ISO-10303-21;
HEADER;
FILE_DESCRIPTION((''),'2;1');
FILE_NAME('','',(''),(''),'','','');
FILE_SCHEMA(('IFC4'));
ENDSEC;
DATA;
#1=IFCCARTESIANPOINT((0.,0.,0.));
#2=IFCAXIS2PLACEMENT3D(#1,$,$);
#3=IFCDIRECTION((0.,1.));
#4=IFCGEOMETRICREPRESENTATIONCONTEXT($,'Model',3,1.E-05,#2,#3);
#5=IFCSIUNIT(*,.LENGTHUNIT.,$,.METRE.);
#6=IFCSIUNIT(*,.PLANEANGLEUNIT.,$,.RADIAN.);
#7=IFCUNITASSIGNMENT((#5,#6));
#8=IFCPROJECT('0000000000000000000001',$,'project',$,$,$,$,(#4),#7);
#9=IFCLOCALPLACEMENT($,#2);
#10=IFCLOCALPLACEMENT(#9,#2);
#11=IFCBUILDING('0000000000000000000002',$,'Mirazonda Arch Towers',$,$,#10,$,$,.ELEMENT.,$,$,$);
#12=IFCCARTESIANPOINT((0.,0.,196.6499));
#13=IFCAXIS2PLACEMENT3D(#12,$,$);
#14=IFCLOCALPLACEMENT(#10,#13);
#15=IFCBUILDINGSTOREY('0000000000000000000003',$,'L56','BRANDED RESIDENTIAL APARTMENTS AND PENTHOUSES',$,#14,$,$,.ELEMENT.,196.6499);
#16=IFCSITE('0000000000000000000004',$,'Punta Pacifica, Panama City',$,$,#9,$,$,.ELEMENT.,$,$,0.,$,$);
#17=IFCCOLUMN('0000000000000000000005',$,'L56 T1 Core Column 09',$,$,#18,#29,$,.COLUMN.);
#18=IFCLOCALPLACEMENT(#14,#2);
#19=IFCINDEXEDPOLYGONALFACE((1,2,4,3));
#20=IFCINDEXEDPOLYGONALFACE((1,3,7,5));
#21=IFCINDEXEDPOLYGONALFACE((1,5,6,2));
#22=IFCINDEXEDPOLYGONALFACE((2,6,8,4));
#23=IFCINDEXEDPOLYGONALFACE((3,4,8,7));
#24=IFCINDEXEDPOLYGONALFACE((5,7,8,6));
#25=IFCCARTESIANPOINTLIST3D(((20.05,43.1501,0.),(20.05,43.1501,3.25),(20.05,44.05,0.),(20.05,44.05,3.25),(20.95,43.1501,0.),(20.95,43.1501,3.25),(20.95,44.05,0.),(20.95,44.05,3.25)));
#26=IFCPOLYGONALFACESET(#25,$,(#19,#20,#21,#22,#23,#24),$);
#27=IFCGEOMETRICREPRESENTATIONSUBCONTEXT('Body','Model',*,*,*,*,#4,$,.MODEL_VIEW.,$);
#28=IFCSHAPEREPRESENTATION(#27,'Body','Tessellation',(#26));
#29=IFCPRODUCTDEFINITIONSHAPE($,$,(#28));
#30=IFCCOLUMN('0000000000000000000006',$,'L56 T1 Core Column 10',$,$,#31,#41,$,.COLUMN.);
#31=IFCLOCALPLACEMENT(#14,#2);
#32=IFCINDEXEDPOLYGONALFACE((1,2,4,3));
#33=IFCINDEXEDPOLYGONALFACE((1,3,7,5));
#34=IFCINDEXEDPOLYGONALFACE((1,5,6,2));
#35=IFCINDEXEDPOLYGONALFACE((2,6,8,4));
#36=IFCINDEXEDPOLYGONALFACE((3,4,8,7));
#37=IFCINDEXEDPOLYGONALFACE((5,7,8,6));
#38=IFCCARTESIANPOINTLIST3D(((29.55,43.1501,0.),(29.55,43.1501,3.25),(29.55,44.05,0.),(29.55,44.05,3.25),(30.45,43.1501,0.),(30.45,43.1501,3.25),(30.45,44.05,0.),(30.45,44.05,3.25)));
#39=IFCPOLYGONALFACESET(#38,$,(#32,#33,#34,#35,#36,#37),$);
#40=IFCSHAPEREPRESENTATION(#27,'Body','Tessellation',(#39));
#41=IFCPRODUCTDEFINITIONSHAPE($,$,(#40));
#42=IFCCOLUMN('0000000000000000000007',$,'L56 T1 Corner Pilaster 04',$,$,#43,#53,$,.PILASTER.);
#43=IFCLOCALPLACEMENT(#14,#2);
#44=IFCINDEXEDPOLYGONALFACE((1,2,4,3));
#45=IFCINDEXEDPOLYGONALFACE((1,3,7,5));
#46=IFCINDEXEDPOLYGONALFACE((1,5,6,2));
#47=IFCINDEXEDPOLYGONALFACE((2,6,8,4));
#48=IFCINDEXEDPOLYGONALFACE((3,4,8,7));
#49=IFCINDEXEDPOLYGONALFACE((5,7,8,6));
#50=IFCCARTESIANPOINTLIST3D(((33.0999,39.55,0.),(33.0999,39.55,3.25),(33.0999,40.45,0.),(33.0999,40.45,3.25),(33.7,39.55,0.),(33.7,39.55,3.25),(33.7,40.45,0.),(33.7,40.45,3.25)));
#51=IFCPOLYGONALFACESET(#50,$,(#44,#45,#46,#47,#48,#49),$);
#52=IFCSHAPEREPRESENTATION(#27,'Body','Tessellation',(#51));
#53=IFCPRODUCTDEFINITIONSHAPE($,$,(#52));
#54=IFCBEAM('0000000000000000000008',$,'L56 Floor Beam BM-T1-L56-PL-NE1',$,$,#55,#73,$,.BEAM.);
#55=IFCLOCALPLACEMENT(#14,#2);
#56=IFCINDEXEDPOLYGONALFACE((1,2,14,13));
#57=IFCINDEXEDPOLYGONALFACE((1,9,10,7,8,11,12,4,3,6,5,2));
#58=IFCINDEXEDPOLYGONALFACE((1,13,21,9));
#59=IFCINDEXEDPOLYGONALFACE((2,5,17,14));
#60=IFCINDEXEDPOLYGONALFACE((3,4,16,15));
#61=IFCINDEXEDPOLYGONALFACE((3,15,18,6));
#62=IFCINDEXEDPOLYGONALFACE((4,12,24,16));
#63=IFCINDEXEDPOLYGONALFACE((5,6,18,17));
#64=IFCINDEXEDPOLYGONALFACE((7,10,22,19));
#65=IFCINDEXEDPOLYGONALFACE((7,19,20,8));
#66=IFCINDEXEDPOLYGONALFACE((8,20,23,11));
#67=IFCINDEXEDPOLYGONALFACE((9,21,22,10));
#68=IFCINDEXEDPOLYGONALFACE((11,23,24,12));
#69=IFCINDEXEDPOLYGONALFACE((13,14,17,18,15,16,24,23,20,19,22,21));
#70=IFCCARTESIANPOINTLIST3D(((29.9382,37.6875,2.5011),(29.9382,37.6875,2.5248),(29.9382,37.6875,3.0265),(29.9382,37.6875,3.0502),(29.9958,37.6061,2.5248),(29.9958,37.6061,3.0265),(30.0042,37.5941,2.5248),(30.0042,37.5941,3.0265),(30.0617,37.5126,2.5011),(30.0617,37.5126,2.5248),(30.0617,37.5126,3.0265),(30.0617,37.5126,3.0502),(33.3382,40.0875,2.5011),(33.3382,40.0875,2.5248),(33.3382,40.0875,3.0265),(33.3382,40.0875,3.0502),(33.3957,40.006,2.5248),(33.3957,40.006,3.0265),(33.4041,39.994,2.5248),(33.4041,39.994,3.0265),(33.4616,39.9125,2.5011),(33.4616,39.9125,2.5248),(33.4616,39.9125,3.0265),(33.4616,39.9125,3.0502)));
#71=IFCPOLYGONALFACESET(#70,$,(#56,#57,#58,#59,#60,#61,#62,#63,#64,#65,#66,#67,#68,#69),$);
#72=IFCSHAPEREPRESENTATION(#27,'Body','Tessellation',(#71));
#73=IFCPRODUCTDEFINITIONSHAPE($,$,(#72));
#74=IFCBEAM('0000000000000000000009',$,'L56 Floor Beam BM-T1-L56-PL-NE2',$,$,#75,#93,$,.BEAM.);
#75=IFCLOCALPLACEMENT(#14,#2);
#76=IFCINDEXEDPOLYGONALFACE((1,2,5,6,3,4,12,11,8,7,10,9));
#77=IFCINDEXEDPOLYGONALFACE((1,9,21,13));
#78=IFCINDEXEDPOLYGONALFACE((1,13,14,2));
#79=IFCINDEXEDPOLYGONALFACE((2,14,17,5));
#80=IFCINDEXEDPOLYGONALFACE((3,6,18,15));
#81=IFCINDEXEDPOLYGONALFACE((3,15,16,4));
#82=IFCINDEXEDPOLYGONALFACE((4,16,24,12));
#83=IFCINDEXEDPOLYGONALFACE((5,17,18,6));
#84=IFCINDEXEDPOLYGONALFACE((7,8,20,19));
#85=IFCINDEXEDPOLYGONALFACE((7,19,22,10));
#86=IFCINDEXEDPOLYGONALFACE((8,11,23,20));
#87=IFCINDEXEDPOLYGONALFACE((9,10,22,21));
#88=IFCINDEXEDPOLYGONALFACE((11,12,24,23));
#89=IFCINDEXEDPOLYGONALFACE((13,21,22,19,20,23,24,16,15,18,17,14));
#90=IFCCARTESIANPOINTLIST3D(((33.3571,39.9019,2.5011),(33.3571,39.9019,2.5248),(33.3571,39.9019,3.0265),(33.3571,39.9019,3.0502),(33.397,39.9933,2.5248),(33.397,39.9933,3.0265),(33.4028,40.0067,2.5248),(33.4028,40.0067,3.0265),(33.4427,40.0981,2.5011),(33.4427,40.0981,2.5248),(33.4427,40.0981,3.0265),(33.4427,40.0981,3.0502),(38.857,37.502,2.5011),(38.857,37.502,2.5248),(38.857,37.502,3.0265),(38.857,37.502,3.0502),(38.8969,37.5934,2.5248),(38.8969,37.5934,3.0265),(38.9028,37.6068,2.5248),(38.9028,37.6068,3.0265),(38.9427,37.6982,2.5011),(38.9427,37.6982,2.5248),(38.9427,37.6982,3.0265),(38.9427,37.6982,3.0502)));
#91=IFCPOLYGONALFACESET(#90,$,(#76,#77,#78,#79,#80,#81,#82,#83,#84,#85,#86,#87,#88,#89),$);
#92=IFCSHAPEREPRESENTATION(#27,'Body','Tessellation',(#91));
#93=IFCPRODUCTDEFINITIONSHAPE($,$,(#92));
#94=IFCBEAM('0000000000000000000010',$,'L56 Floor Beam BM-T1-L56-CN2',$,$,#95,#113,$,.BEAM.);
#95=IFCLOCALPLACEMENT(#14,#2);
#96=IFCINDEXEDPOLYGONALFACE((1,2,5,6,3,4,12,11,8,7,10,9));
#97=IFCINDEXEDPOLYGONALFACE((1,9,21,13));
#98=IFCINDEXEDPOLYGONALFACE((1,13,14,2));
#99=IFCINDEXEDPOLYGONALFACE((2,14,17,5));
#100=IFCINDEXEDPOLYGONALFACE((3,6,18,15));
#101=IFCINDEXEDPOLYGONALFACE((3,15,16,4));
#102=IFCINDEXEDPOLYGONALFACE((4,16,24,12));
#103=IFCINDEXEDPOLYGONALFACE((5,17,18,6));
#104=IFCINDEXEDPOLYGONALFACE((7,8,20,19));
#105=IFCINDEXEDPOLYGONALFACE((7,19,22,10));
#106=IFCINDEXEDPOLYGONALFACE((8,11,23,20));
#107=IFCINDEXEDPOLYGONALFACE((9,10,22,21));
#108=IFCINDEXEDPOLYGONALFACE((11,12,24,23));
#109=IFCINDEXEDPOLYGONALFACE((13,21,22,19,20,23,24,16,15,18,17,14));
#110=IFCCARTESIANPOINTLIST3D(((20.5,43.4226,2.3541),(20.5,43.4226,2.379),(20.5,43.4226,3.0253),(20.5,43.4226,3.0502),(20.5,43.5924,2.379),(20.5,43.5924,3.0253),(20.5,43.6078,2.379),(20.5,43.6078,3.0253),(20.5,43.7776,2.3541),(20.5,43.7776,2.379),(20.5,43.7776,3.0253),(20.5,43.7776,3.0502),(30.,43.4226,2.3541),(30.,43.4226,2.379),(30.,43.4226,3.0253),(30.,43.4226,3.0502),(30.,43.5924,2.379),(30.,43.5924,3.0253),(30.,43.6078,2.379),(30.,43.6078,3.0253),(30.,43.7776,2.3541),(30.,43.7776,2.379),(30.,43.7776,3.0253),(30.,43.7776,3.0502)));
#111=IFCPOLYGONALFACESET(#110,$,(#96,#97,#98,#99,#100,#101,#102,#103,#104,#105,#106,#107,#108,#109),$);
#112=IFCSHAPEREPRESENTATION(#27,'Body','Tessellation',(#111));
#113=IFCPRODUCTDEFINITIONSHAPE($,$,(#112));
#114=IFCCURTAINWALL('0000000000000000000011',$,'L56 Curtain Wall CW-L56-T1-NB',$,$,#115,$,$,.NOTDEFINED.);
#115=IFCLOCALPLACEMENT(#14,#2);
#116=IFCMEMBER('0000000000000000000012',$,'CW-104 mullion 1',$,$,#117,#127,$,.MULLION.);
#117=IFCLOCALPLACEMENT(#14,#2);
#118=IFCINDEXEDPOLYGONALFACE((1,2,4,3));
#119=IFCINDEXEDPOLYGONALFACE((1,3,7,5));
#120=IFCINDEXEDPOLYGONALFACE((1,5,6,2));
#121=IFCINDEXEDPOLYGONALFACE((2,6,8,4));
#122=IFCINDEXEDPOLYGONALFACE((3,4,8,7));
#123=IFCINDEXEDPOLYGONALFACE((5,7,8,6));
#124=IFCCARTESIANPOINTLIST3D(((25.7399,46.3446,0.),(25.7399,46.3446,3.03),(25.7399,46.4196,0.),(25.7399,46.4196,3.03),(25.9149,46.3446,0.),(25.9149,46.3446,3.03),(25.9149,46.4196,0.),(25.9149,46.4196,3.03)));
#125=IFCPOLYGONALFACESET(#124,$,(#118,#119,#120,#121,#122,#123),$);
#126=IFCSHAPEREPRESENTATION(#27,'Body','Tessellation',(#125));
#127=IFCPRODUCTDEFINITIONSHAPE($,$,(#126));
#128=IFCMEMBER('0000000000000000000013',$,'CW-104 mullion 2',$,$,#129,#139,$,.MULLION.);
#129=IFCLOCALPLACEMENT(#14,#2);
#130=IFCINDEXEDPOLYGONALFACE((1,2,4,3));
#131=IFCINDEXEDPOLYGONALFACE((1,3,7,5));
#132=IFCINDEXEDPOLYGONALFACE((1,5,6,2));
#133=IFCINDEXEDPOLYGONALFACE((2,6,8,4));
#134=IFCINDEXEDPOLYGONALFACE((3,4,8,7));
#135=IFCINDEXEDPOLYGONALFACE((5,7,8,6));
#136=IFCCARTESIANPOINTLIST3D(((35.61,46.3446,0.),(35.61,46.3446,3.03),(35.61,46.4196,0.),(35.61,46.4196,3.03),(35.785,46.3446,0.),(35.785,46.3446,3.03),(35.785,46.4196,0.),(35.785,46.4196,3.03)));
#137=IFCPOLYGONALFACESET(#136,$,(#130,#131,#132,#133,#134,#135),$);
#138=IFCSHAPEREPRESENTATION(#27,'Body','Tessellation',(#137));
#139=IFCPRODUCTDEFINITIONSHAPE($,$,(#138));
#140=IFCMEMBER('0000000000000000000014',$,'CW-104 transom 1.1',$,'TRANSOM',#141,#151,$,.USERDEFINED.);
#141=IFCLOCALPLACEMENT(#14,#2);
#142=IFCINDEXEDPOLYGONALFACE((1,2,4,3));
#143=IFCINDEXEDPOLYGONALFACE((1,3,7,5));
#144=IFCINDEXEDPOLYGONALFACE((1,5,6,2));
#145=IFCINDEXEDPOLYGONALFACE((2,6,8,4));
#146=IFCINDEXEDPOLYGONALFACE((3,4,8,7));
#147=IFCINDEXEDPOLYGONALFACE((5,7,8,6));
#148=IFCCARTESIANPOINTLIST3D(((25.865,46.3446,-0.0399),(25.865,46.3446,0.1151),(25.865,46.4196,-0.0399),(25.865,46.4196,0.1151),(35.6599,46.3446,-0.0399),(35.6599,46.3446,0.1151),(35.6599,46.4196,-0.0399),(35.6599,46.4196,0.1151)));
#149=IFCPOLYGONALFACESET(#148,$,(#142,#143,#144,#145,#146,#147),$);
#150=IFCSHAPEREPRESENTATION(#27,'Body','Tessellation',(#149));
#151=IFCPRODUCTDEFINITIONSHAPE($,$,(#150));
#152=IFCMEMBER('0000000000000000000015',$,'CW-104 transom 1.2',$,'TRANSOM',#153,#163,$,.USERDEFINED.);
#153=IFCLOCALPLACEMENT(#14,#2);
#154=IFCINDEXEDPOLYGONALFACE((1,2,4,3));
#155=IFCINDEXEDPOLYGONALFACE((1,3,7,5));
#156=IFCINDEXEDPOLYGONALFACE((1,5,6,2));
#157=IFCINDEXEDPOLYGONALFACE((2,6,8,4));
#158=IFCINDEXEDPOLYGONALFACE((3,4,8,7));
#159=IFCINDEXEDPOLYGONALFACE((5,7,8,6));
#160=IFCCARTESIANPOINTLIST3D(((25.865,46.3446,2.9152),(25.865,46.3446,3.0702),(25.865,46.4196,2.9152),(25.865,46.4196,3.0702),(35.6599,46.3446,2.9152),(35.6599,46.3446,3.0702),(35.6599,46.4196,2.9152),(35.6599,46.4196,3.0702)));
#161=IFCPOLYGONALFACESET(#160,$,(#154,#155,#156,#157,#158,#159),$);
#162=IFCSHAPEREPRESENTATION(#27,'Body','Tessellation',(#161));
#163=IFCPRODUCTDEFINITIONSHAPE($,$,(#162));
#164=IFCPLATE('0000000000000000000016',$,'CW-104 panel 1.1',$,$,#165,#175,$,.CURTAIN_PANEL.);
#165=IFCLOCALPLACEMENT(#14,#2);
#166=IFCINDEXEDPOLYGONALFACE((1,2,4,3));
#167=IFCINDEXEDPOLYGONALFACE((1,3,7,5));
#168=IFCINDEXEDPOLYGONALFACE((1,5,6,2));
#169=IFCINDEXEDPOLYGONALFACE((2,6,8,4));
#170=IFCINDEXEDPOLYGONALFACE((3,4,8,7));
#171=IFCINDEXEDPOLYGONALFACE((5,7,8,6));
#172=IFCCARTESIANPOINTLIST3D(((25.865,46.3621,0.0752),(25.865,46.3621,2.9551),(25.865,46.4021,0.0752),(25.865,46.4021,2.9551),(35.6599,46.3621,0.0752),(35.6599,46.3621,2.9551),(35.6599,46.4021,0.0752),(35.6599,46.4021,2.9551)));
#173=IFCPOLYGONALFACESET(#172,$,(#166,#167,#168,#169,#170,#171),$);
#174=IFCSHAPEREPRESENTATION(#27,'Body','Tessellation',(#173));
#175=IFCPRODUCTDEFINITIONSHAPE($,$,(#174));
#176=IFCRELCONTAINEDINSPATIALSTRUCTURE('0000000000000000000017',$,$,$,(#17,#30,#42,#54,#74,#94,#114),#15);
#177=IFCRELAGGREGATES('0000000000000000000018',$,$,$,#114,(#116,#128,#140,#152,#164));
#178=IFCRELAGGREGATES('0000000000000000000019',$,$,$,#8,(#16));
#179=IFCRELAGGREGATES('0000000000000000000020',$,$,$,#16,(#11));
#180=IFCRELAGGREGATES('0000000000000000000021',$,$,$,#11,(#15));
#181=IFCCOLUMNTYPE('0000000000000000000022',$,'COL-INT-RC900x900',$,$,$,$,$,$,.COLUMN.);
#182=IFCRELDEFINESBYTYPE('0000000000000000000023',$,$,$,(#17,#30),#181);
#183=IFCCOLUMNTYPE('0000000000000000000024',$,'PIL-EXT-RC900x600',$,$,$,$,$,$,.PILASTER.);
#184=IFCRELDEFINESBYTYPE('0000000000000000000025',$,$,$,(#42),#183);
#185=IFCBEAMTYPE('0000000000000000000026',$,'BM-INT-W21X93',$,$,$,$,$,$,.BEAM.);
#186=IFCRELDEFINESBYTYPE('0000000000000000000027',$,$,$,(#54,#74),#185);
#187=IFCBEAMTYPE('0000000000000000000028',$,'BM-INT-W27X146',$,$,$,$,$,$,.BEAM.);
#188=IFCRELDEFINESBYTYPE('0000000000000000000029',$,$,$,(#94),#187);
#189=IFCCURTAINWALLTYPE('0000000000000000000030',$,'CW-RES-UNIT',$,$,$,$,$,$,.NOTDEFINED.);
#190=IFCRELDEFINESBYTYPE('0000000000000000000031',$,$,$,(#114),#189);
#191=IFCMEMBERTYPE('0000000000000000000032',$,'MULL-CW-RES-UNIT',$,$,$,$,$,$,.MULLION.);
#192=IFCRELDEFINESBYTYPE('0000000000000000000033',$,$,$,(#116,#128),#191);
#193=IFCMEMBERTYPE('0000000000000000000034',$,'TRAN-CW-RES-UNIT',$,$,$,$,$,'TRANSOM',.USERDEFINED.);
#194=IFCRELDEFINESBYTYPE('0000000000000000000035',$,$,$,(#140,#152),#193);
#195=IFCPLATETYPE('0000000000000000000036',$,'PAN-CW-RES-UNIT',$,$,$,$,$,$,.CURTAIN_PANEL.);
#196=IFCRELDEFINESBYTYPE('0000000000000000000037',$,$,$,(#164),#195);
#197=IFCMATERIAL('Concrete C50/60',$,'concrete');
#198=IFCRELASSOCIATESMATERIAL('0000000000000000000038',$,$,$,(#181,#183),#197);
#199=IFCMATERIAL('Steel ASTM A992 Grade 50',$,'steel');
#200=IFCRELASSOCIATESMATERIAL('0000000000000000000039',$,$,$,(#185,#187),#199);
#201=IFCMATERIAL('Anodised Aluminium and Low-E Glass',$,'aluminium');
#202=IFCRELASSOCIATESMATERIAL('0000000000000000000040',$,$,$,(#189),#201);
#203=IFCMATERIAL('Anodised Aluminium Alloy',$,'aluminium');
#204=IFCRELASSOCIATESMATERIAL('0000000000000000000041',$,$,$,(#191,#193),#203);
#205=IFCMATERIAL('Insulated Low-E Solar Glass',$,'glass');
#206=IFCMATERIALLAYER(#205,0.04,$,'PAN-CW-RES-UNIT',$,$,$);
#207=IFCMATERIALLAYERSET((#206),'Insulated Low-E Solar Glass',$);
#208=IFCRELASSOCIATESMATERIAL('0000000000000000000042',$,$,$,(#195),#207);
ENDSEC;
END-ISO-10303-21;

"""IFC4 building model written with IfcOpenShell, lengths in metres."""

from ifc_helpers import new_model, si_unit, direction, frame, origin, origin_2d, place, context, subcontext, project, spatial, rectangle, i_section, extrude, material, layer, layer_set, material_profile, profile_set, type_object, element, aggregate, save


model = new_model("IFC4")

# Units and contexts
model_context = context("Model", 3, precision=1e-05, world=origin(), true_north=direction((0.0, 1.0)))
body_context = subcontext(model_context, "Body", "Model", "MODEL_VIEW")
ifc_project = project(units=[si_unit("LENGTHUNIT", "METRE"), si_unit("PLANEANGLEUNIT", "RADIAN")], contexts=[model_context])

# Site, building, storey
site_placement = place(None, origin())
site = spatial("IfcSite", under=ifc_project, at=site_placement, Name="Punta Pacifica, Panama City", CompositionType="ELEMENT", RefElevation=0.0)
building_placement = place(site_placement, origin())
building = spatial("IfcBuilding", under=site, at=building_placement, Name="Mirazonda Arch Towers", CompositionType="ELEMENT")
storey_placement = place(building_placement, frame((0.0, 0.0, 196.6499)))
storey = spatial("IfcBuildingStorey", under=building, at=storey_placement, Name="L56", Description="BRANDED RESIDENTIAL APARTMENTS AND PENTHOUSES", CompositionType="ELEMENT", Elevation=196.6499)

# Columns
ifc_material_1 = material(Name="Concrete C50/60", Category="concrete")
ifc_material_profile_1 = material_profile(ifc_material_1, rectangle(XDim=0.8999, YDim=0.8999, at=origin_2d()), Name="RC900x900")
ifc_profile_set_1 = profile_set([ifc_material_profile_1], Name="Concrete C50/60")
column_type_1 = type_object("IfcColumnType", Name="COL-INT-RC900x900", PredefinedType="COLUMN", material=ifc_profile_set_1)
for number, where, z_axis, x_axis, name in (
    (1, (20.5, 43.6001, 0.0), (0.0, 0.0, 1.0), (1.0, 0.0, 0.0), "L56 T1 Core Column 09"),
    (2, (30.0, 43.6001, 0.0), (0.0, 0.0, 1.0), (1.0, 0.0, 0.0), "L56 T1 Core Column 10"),
):
    element("IfcColumn", number, at=place(storey_placement, frame(where, z_axis=z_axis, x_axis=x_axis)), inside=storey, type_object=column_type_1, Name=name, PredefinedType="COLUMN", context=body_context, shape_type="SweptSolid", body=[
        extrude(rectangle(XDim=0.8999, YDim=0.8999, at=origin_2d()), origin(), (0.0, 0.0, 1.0), 3.25),
    ])
ifc_material_profile_2 = material_profile(ifc_material_1, rectangle(XDim=0.6001, YDim=0.8999, at=origin_2d()), Name="RC900x600")
ifc_profile_set_2 = profile_set([ifc_material_profile_2], Name="Concrete C50/60")
column_type_2 = type_object("IfcColumnType", Name="PIL-EXT-RC900x600", PredefinedType="PILASTER", material=ifc_profile_set_2)
column_placement = place(storey_placement, frame((33.3999, 40.0, 0.0), z_axis=(0.0, 0.0, 1.0), x_axis=(1.0, 0.0, 0.0)))
element("IfcColumn", 3, at=column_placement, inside=storey, type_object=column_type_2, Name="L56 T1 Corner Pilaster 04", PredefinedType="PILASTER", context=body_context, shape_type="SweptSolid", body=[
    extrude(rectangle(XDim=0.6001, YDim=0.8999, at=origin_2d()), origin(), (0.0, 0.0, 1.0), 3.25),
])

# Beams
ifc_material_2 = material(Name="Steel ASTM A992 Grade 50", Category="steel")
ifc_material_profile_3 = material_profile(ifc_material_2, i_section(OverallWidth=0.2141, OverallDepth=0.5491, WebThickness=0.0146, FlangeThickness=0.0237, at=origin_2d()), Name="W21X93")
ifc_profile_set_3 = profile_set([ifc_material_profile_3], Name="Steel ASTM A992 Grade 50")
beam_type_1 = type_object("IfcBeamType", Name="BM-INT-W21X93", PredefinedType="BEAM", material=ifc_profile_set_3)
beam_1_placement = place(storey_placement, frame((33.3999, 40.0, 2.7756), z_axis=(-0.816971, -0.576679, 0.0), x_axis=(0.576679, -0.816971, 0.0)))
element("IfcBeam", 4, at=beam_1_placement, inside=storey, type_object=beam_type_1, Name="L56 Floor Beam BM-T1-L56-PL-NE1", PredefinedType="BEAM", context=body_context, shape_type="SweptSolid", body=[
    extrude(i_section(OverallWidth=0.2141, OverallDepth=0.5491, WebThickness=0.0146, FlangeThickness=0.0237, at=origin_2d()), origin(), (0.0, 0.0, 1.0), 4.1616),
])
beam_2_placement = place(storey_placement, frame((33.3999, 40.0, 2.7756), z_axis=(0.916545, -0.399931, 0.0), x_axis=(0.399931, 0.916545, 0.0)))
element("IfcBeam", 5, at=beam_2_placement, inside=storey, type_object=beam_type_1, Name="L56 Floor Beam BM-T1-L56-PL-NE2", PredefinedType="BEAM", context=body_context, shape_type="SweptSolid", body=[
    extrude(i_section(OverallWidth=0.2141, OverallDepth=0.5491, WebThickness=0.0146, FlangeThickness=0.0237, at=origin_2d()), origin(), (0.0, 0.0, 1.0), 6.0007),
])
ifc_material_profile_4 = material_profile(ifc_material_2, i_section(OverallWidth=0.355, OverallDepth=0.696, WebThickness=0.0154, FlangeThickness=0.0249, at=origin_2d()), Name="W27X146")
ifc_profile_set_4 = profile_set([ifc_material_profile_4], Name="Steel ASTM A992 Grade 50")
beam_type_2 = type_object("IfcBeamType", Name="BM-INT-W27X146", PredefinedType="BEAM", material=ifc_profile_set_4)
beam_3_placement = place(storey_placement, frame((20.5, 43.6001, 2.7021), z_axis=(1.0, 0.0, 0.0), x_axis=(0.0, 1.0, 0.0)))
element("IfcBeam", 6, at=beam_3_placement, inside=storey, type_object=beam_type_2, Name="L56 Floor Beam BM-T1-L56-CN2", PredefinedType="BEAM", context=body_context, shape_type="SweptSolid", body=[
    extrude(i_section(OverallWidth=0.355, OverallDepth=0.696, WebThickness=0.0154, FlangeThickness=0.0249, at=origin_2d()), origin(), (0.0, 0.0, 1.0), 9.5),
])

# Curtain wall, members, plate
ifc_material_3 = material(Name="Anodised Aluminium and Low-E Glass", Category="aluminium")
curtain_wall_type = type_object("IfcCurtainWallType", Name="CW-RES-UNIT", PredefinedType="NOTDEFINED", material=ifc_material_3)
curtain_wall_placement = place(storey_placement, origin())
curtain_wall = element("IfcCurtainWall", 7, at=curtain_wall_placement, inside=storey, type_object=curtain_wall_type, Name="L56 Curtain Wall CW-L56-T1-NB", PredefinedType="NOTDEFINED")
ifc_material_4 = material(Name="Anodised Aluminium Alloy", Category="aluminium")
ifc_material_profile_5 = material_profile(ifc_material_4, rectangle(XDim=0.075, YDim=0.175, at=origin_2d()), Name="ALU-MULL-75x175")
ifc_profile_set_5 = profile_set([ifc_material_profile_5], Name="Anodised Aluminium Alloy")
member_type_1 = type_object("IfcMemberType", Name="MULL-CW-RES-UNIT", PredefinedType="MULLION", material=ifc_profile_set_5)
member_1_placement = place(storey_placement, frame((25.8274, 46.3821, 0.0), z_axis=(0.0, 0.0, 1.0), x_axis=(0.0, 1.0, 0.0)))
member_1 = element("IfcMember", 8, at=member_1_placement, type_object=member_type_1, Name="CW-104 mullion 1", PredefinedType="MULLION", context=body_context, shape_type="SweptSolid", body=[
    extrude(rectangle(XDim=0.075, YDim=0.175, at=origin_2d()), origin(), (0.0, 0.0, 1.0), 3.03),
])
member_2_placement = place(storey_placement, frame((35.6975, 46.3821, 0.0), z_axis=(0.0, 0.0, 1.0), x_axis=(0.0, 1.0, 0.0)))
member_2 = element("IfcMember", 9, at=member_2_placement, type_object=member_type_1, Name="CW-104 mullion 2", PredefinedType="MULLION", context=body_context, shape_type="SweptSolid", body=[
    extrude(rectangle(XDim=0.075, YDim=0.175, at=origin_2d()), origin(), (0.0, 0.0, 1.0), 3.03),
])
ifc_material_profile_6 = material_profile(ifc_material_4, rectangle(XDim=0.075, YDim=0.155, at=origin_2d()), Name="ALU-TRAN-75x155")
ifc_profile_set_6 = profile_set([ifc_material_profile_6], Name="Anodised Aluminium Alloy")
member_type_2 = type_object("IfcMemberType", Name="TRAN-CW-RES-UNIT", ElementType="TRANSOM", PredefinedType="USERDEFINED", material=ifc_profile_set_6)
member_3_placement = place(storey_placement, frame((25.865, 46.3821, 0.0376), z_axis=(1.0, 0.0, 0.0), x_axis=(0.0, 1.0, 0.0)))
member_3 = element("IfcMember", 10, at=member_3_placement, type_object=member_type_2, Name="CW-104 transom 1.1", ObjectType="TRANSOM", PredefinedType="USERDEFINED", context=body_context, shape_type="SweptSolid", body=[
    extrude(rectangle(XDim=0.075, YDim=0.155, at=origin_2d()), origin(), (0.0, 0.0, 1.0), 9.7949),
])
member_4_placement = place(storey_placement, frame((25.865, 46.3821, 2.9927), z_axis=(1.0, 0.0, 0.0), x_axis=(0.0, 1.0, 0.0)))
member_4 = element("IfcMember", 11, at=member_4_placement, type_object=member_type_2, Name="CW-104 transom 1.2", ObjectType="TRANSOM", PredefinedType="USERDEFINED", context=body_context, shape_type="SweptSolid", body=[
    extrude(rectangle(XDim=0.075, YDim=0.155, at=origin_2d()), origin(), (0.0, 0.0, 1.0), 9.7949),
])
ifc_material_5 = material(Name="Insulated Low-E Solar Glass", Category="glass")
ifc_layer_1 = layer(ifc_material_5, 0.04, Name="PAN-CW-RES-UNIT")
ifc_layer_set_1 = layer_set([ifc_layer_1], Name="Insulated Low-E Solar Glass")
plate_type = type_object("IfcPlateType", Name="PAN-CW-RES-UNIT", PredefinedType="CURTAIN_PANEL", material=ifc_layer_set_1)
plate_placement = place(storey_placement, frame((30.7625, 46.3821, 0.0752), z_axis=(0.0, 0.0, 1.0), x_axis=(1.0, 0.0, 0.0)))
plate = element("IfcPlate", 12, at=plate_placement, type_object=plate_type, Name="CW-104 panel 1.1", PredefinedType="CURTAIN_PANEL", context=body_context, shape_type="SweptSolid", body=[
    extrude(rectangle(XDim=9.7949, YDim=0.04, at=origin_2d()), origin(), (0.0, 0.0, 1.0), 2.8799),
])
aggregate(curtain_wall, [member_1, member_2, member_3, member_4, plate])

save(model, "model.ifc")
